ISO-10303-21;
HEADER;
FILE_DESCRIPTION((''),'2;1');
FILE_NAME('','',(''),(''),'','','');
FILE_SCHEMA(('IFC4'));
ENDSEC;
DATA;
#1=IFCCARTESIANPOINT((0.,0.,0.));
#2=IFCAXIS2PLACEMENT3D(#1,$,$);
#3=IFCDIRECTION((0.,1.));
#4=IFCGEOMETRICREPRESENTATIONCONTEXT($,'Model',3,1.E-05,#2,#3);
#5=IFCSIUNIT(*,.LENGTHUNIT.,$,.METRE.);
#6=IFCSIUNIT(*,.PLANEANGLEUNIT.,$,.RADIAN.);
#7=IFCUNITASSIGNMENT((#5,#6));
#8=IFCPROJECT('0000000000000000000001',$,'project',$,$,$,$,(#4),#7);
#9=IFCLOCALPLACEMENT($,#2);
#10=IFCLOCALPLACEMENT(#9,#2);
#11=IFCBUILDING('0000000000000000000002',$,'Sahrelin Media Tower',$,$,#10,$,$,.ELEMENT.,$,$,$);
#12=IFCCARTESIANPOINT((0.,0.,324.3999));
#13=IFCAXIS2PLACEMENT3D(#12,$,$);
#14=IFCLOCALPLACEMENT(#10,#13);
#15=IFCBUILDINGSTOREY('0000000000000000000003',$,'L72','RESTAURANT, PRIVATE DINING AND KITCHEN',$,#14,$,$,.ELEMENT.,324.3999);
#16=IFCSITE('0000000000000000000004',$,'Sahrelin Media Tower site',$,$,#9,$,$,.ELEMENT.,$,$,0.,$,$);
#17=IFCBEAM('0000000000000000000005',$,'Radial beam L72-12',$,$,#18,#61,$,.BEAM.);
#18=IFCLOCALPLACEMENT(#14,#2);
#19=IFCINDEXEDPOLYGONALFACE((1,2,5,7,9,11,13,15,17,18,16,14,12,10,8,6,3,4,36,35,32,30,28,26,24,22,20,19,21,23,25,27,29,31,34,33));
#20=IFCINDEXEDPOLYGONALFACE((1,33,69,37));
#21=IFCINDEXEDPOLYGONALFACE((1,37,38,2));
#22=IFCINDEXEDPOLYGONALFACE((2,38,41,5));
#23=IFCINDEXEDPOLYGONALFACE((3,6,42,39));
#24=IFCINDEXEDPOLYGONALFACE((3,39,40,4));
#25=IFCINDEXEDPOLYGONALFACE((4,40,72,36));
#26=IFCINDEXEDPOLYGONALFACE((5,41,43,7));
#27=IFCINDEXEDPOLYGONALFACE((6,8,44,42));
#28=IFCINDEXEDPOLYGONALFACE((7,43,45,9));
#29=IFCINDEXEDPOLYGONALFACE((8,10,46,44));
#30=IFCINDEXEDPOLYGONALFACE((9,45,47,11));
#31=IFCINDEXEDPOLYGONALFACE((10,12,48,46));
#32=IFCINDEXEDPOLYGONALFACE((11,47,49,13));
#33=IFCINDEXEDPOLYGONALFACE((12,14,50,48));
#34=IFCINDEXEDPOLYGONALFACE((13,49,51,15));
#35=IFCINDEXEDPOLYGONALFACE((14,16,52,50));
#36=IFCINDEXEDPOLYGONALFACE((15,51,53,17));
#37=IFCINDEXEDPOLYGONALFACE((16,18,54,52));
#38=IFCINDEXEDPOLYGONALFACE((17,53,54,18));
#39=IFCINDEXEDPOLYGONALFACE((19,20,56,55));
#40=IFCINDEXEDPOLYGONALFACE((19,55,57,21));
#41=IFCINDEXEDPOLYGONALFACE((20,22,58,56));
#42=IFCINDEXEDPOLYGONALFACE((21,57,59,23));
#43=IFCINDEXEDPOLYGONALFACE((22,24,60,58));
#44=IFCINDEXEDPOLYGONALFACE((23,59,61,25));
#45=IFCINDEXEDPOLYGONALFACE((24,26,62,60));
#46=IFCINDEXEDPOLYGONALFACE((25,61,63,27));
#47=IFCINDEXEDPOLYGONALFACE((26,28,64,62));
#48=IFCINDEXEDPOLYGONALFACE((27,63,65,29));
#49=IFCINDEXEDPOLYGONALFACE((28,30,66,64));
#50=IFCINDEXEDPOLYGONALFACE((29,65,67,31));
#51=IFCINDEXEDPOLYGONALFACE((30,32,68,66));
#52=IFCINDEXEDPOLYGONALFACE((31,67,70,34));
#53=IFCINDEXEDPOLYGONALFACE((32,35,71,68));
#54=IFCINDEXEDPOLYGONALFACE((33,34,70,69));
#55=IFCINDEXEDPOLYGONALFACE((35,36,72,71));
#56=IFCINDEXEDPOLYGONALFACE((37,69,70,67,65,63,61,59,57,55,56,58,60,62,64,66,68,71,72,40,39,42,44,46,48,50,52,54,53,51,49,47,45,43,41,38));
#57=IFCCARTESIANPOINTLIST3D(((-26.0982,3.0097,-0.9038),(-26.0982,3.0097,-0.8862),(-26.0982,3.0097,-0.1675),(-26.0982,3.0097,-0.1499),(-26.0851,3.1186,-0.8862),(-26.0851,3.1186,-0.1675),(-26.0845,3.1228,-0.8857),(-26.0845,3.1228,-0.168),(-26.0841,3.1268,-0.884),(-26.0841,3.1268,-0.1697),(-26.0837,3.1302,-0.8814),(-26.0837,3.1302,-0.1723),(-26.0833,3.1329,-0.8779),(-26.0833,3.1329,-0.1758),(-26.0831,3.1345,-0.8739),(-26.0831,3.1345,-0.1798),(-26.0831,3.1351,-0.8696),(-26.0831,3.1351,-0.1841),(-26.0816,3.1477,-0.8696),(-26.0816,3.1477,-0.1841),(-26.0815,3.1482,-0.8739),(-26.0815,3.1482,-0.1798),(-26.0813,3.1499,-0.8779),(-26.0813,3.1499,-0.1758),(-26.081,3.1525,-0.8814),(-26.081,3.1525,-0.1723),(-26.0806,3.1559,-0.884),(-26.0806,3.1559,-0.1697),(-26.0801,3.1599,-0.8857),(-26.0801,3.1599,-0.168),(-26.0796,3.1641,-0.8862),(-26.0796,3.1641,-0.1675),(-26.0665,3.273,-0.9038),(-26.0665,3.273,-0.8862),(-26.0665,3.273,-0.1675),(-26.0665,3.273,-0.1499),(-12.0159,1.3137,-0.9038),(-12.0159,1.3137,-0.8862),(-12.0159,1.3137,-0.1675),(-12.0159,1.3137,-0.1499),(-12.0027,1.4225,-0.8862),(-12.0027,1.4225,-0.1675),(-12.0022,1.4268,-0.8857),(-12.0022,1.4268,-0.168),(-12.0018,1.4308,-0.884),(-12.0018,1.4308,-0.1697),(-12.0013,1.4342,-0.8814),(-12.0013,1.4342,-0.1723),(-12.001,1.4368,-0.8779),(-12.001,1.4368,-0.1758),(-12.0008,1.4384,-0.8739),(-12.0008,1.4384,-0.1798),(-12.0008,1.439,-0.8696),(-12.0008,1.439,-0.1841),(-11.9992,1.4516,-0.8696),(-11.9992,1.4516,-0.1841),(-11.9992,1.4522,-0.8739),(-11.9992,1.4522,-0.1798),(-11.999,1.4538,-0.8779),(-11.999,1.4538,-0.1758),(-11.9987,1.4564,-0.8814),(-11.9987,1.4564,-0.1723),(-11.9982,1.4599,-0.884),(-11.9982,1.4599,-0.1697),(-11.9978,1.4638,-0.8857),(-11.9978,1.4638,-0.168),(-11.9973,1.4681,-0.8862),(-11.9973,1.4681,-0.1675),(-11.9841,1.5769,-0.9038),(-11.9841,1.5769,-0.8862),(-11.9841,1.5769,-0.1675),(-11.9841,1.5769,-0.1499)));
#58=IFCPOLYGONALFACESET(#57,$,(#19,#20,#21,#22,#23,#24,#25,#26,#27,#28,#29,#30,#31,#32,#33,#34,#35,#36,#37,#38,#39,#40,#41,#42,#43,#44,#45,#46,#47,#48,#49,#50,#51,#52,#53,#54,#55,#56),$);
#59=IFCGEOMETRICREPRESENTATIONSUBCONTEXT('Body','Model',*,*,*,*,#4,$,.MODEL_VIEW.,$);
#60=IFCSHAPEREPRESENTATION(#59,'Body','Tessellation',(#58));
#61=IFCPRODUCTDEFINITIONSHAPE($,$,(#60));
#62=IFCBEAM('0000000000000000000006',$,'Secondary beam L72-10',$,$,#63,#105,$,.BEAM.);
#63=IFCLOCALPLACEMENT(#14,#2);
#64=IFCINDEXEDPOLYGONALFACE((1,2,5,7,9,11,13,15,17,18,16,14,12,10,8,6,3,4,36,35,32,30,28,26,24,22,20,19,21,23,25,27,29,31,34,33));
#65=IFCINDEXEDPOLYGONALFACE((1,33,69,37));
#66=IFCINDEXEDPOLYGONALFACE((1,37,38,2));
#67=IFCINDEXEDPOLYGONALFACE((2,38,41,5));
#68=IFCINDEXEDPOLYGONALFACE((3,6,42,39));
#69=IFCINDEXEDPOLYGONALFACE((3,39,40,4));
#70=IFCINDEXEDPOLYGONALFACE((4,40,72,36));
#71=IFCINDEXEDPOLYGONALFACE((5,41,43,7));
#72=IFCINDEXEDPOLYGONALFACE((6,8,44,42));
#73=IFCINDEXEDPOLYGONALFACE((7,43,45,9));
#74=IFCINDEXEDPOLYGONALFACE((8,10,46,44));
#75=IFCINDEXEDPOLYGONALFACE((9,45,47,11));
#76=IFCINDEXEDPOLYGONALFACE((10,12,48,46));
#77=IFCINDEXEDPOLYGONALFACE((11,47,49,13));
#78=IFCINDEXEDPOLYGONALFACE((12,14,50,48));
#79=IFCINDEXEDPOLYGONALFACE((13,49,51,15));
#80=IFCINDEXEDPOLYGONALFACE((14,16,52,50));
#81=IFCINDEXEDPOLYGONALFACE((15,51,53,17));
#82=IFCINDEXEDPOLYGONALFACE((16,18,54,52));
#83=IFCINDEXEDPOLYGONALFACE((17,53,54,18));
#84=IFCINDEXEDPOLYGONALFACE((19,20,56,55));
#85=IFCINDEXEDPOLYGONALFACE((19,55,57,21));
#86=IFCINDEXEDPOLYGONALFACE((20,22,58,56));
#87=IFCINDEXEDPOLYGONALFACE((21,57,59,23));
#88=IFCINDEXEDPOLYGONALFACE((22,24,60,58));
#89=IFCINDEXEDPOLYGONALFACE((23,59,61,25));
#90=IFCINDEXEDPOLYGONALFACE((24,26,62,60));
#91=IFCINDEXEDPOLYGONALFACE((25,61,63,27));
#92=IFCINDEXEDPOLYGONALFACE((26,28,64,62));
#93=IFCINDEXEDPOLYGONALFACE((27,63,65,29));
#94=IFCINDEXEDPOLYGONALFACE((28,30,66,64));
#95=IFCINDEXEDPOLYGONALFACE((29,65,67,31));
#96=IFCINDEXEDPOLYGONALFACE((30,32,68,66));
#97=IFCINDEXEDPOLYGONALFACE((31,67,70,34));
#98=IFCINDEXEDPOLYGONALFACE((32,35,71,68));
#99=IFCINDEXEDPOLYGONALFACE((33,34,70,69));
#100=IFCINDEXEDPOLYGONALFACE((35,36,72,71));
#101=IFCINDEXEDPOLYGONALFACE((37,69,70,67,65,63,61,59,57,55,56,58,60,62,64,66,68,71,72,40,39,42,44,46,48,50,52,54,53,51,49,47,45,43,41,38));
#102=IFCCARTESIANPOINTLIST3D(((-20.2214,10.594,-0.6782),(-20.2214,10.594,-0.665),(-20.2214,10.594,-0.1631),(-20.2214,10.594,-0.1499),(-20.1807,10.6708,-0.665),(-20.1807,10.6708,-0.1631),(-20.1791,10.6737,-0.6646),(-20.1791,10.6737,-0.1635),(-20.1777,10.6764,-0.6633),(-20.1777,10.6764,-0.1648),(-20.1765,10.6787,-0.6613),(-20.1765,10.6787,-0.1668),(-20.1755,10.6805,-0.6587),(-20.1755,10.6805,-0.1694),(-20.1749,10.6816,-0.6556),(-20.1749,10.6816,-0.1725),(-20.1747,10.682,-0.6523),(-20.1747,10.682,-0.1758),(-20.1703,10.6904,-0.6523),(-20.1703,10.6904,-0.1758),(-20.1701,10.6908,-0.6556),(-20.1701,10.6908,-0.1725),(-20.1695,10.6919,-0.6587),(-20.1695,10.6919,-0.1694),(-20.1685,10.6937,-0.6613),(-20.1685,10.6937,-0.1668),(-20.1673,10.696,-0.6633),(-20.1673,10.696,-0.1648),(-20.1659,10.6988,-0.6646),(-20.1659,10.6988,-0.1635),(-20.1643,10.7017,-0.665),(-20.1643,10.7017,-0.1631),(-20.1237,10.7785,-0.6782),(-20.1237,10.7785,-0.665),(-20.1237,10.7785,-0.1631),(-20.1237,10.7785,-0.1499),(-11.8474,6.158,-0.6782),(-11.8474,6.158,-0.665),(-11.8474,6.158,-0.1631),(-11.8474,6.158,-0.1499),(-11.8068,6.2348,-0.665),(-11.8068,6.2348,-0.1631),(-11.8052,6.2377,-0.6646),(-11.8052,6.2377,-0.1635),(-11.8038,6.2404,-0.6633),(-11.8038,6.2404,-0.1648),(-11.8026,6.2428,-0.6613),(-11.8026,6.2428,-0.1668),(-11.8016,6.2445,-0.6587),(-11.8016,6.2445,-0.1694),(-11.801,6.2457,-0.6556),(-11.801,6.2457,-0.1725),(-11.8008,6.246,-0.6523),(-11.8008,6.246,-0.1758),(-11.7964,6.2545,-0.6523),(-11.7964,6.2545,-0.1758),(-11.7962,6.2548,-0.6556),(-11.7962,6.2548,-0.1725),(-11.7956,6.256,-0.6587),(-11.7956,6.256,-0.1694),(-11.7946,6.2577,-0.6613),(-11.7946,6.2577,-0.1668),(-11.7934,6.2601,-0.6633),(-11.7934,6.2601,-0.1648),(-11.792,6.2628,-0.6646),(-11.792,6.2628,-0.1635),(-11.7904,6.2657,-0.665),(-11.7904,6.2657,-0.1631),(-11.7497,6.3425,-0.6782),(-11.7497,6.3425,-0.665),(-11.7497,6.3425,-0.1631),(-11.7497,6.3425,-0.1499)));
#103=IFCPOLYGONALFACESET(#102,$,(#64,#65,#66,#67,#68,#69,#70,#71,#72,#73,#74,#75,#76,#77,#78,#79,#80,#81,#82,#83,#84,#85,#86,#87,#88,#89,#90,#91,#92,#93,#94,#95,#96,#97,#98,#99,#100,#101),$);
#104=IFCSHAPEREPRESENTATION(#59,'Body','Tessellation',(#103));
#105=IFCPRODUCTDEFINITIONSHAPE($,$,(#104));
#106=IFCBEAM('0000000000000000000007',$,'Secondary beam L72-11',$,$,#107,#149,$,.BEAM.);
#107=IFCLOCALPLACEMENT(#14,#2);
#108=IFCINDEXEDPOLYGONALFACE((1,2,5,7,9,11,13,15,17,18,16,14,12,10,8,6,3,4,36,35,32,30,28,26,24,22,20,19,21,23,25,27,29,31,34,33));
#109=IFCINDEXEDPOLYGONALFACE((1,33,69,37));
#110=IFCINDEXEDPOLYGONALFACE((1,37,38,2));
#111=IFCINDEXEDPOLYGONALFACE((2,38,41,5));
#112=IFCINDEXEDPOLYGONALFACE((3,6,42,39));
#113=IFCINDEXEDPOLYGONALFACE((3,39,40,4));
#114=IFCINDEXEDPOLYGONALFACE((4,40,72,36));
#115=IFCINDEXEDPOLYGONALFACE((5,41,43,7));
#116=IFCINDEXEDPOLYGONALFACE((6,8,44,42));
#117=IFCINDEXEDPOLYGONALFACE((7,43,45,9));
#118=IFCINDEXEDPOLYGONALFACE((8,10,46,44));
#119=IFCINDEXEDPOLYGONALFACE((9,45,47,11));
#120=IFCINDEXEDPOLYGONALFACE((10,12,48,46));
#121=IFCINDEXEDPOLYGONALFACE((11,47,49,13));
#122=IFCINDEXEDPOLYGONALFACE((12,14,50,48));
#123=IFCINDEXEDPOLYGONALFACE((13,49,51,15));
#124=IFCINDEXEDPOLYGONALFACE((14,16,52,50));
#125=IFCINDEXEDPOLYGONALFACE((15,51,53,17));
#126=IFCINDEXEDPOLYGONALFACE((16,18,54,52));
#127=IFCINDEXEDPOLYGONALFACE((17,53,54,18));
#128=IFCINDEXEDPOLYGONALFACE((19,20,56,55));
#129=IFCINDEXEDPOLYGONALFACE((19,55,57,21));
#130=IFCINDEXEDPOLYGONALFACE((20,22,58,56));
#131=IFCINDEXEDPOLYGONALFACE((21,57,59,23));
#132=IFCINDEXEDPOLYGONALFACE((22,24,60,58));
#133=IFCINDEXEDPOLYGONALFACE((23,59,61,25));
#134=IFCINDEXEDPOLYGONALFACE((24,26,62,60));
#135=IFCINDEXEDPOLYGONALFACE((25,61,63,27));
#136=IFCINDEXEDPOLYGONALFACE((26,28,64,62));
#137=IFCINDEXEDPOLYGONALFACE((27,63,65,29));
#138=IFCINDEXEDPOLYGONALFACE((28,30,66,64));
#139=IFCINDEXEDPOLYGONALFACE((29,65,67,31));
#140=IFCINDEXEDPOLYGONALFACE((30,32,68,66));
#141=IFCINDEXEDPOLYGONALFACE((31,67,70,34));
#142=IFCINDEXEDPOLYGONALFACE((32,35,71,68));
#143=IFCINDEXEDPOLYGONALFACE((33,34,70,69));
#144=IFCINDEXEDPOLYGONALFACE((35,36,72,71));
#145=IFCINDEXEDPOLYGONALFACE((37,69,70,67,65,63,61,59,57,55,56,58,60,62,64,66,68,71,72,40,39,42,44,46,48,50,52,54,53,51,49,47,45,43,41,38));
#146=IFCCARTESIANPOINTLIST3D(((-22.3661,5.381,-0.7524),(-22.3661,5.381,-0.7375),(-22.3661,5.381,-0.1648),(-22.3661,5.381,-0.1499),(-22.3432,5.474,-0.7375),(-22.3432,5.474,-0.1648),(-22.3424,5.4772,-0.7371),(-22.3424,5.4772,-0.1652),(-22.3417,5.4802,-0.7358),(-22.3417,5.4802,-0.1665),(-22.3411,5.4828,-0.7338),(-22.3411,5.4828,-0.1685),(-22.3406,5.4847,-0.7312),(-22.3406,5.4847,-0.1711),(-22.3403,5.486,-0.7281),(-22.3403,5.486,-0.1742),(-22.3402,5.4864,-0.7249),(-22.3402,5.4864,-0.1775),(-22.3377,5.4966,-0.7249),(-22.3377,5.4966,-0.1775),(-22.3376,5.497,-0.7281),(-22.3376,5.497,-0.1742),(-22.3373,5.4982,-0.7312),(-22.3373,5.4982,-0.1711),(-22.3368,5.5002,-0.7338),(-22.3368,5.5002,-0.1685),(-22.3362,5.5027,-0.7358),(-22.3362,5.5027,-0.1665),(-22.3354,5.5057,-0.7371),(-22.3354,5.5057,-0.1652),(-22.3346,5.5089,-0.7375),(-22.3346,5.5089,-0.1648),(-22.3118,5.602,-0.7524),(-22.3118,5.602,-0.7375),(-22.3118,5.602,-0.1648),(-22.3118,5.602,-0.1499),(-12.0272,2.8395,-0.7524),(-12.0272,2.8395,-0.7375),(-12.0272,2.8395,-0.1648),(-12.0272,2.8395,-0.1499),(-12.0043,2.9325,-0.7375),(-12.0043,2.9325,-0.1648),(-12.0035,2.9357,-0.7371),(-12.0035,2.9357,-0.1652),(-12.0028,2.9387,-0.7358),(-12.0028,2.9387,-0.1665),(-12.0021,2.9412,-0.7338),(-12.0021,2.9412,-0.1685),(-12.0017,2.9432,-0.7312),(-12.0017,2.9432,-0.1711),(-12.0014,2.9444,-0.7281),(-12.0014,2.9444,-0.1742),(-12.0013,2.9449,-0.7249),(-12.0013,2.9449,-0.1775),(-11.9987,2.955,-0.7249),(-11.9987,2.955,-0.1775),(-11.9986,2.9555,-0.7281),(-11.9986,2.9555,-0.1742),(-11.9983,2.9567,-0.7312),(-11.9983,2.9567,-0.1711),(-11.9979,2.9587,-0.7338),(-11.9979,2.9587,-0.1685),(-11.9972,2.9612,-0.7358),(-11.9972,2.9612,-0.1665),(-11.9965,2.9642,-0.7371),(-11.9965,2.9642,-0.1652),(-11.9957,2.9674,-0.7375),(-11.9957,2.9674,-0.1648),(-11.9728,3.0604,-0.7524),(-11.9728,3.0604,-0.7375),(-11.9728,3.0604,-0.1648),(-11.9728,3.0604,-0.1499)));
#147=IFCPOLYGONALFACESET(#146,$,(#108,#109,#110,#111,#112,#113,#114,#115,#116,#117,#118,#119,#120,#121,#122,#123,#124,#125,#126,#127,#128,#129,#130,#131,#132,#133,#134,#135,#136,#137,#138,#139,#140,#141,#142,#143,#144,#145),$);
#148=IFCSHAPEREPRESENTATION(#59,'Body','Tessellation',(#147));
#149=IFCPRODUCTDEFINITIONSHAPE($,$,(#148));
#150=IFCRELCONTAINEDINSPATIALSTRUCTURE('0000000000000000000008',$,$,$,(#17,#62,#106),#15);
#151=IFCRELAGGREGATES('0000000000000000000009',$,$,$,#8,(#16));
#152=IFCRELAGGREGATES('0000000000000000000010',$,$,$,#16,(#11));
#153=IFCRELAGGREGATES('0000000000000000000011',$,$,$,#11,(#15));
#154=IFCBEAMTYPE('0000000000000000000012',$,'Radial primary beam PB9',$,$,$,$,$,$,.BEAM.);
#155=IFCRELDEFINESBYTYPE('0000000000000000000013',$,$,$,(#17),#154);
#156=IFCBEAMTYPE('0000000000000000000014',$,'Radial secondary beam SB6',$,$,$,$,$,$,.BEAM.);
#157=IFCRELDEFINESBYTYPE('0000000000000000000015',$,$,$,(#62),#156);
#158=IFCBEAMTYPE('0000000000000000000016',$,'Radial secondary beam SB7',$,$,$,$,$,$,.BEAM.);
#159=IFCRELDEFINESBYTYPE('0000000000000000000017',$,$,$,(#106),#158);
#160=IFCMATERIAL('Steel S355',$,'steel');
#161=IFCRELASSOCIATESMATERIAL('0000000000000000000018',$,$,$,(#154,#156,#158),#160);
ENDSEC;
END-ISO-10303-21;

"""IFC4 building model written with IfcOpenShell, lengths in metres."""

from ifc_helpers import new_model, si_unit, direction, frame, origin, origin_2d, place, context, subcontext, project, spatial, i_section, extrude, material, material_profile, profile_set, type_object, element, save


model = new_model("IFC4")

# Units and contexts
model_context = context("Model", 3, precision=1e-05, world=origin(), true_north=direction((0.0, 1.0)))
body_context = subcontext(model_context, "Body", "Model", "MODEL_VIEW")
ifc_project = project(units=[si_unit("LENGTHUNIT", "METRE"), si_unit("PLANEANGLEUNIT", "RADIAN")], contexts=[model_context])

# Site, building, storey
site_placement = place(None, origin())
site = spatial("IfcSite", under=ifc_project, at=site_placement, Name="Sahrelin Media Tower site", CompositionType="ELEMENT", RefElevation=0.0)
building_placement = place(site_placement, origin())
building = spatial("IfcBuilding", under=site, at=building_placement, Name="Sahrelin Media Tower", CompositionType="ELEMENT")
storey_placement = place(building_placement, frame((0.0, 0.0, 324.3999)))
storey = spatial("IfcBuildingStorey", under=building, at=storey_placement, Name="L72", Description="RESTAURANT, PRIVATE DINING AND KITCHEN", CompositionType="ELEMENT", Elevation=324.3999)

# Shared definitions
ifc_material_1 = material(Name="Steel S355", Category="steel")

# Beams
ifc_material_profile_1 = material_profile(ifc_material_1, i_section(OverallWidth=0.2651, OverallDepth=0.7539, WebThickness=0.0127, FlangeThickness=0.0176, FilletRadius=0.0166, at=origin_2d()), Name="UB 762x267x147")
ifc_profile_set_1 = profile_set([ifc_material_profile_1], Name="Steel S355")
beam_type_1 = type_object("IfcBeamType", Name="Radial primary beam PB9", PredefinedType="BEAM", material=ifc_profile_set_1)
beam_1_placement = place(storey_placement, frame((-12.0, 1.4453, -0.5269), z_axis=(-0.992825, 0.119574, 0.0), x_axis=(-0.119574, -0.992825, 0.0)))
element("IfcBeam", 1, at=beam_1_placement, inside=storey, type_object=beam_type_1, Name="Radial beam L72-12", PredefinedType="BEAM", context=body_context, shape_type="SweptSolid", body=[
    extrude(i_section(OverallWidth=0.2651, OverallDepth=0.7539, WebThickness=0.0127, FlangeThickness=0.0176, FilletRadius=0.0166, at=origin_2d()), origin(), (0.0, 0.0, 1.0), 14.1841),
])
ifc_material_profile_2 = material_profile(ifc_material_1, i_section(OverallWidth=0.2087, OverallDepth=0.5283, WebThickness=0.0095, FlangeThickness=0.0132, FilletRadius=0.0127, at=origin_2d()), Name="UB 533x210x82")
ifc_profile_set_2 = profile_set([ifc_material_profile_2], Name="Steel S355")
beam_type_2 = type_object("IfcBeamType", Name="Radial secondary beam SB6", PredefinedType="BEAM", material=ifc_profile_set_2)
beam_2_placement = place(storey_placement, frame((-11.7986, 6.2502, -0.4141), z_axis=(-0.883669, 0.468113, 0.0), x_axis=(-0.468113, -0.883669, 0.0)))
element("IfcBeam", 2, at=beam_2_placement, inside=storey, type_object=beam_type_2, Name="Secondary beam L72-10", PredefinedType="BEAM", context=body_context, shape_type="SweptSolid", body=[
    extrude(i_section(OverallWidth=0.2087, OverallDepth=0.5283, WebThickness=0.0095, FlangeThickness=0.0132, FilletRadius=0.0127, at=origin_2d()), origin(), (0.0, 0.0, 1.0), 9.4763),
])
ifc_material_profile_3 = material_profile(ifc_material_1, i_section(OverallWidth=0.2275, OverallDepth=0.6025, WebThickness=0.0105, FlangeThickness=0.0149, FilletRadius=0.0127, at=origin_2d()), Name="UB 610x229x101")
ifc_profile_set_3 = profile_set([ifc_material_profile_3], Name="Steel S355")
beam_type_3 = type_object("IfcBeamType", Name="Radial secondary beam SB7", PredefinedType="BEAM", material=ifc_profile_set_3)
beam_3_placement = place(storey_placement, frame((-12.0, 2.95, -0.4512), z_axis=(-0.97109, 0.238714, 0.0), x_axis=(-0.238714, -0.97109, 0.0)))
element("IfcBeam", 3, at=beam_3_placement, inside=storey, type_object=beam_type_3, Name="Secondary beam L72-11", PredefinedType="BEAM", context=body_context, shape_type="SweptSolid", body=[
    extrude(i_section(OverallWidth=0.2275, OverallDepth=0.6025, WebThickness=0.0105, FlangeThickness=0.0149, FilletRadius=0.0127, at=origin_2d()), origin(), (0.0, 0.0, 1.0), 10.6467),
])

save(model, "model.ifc")
